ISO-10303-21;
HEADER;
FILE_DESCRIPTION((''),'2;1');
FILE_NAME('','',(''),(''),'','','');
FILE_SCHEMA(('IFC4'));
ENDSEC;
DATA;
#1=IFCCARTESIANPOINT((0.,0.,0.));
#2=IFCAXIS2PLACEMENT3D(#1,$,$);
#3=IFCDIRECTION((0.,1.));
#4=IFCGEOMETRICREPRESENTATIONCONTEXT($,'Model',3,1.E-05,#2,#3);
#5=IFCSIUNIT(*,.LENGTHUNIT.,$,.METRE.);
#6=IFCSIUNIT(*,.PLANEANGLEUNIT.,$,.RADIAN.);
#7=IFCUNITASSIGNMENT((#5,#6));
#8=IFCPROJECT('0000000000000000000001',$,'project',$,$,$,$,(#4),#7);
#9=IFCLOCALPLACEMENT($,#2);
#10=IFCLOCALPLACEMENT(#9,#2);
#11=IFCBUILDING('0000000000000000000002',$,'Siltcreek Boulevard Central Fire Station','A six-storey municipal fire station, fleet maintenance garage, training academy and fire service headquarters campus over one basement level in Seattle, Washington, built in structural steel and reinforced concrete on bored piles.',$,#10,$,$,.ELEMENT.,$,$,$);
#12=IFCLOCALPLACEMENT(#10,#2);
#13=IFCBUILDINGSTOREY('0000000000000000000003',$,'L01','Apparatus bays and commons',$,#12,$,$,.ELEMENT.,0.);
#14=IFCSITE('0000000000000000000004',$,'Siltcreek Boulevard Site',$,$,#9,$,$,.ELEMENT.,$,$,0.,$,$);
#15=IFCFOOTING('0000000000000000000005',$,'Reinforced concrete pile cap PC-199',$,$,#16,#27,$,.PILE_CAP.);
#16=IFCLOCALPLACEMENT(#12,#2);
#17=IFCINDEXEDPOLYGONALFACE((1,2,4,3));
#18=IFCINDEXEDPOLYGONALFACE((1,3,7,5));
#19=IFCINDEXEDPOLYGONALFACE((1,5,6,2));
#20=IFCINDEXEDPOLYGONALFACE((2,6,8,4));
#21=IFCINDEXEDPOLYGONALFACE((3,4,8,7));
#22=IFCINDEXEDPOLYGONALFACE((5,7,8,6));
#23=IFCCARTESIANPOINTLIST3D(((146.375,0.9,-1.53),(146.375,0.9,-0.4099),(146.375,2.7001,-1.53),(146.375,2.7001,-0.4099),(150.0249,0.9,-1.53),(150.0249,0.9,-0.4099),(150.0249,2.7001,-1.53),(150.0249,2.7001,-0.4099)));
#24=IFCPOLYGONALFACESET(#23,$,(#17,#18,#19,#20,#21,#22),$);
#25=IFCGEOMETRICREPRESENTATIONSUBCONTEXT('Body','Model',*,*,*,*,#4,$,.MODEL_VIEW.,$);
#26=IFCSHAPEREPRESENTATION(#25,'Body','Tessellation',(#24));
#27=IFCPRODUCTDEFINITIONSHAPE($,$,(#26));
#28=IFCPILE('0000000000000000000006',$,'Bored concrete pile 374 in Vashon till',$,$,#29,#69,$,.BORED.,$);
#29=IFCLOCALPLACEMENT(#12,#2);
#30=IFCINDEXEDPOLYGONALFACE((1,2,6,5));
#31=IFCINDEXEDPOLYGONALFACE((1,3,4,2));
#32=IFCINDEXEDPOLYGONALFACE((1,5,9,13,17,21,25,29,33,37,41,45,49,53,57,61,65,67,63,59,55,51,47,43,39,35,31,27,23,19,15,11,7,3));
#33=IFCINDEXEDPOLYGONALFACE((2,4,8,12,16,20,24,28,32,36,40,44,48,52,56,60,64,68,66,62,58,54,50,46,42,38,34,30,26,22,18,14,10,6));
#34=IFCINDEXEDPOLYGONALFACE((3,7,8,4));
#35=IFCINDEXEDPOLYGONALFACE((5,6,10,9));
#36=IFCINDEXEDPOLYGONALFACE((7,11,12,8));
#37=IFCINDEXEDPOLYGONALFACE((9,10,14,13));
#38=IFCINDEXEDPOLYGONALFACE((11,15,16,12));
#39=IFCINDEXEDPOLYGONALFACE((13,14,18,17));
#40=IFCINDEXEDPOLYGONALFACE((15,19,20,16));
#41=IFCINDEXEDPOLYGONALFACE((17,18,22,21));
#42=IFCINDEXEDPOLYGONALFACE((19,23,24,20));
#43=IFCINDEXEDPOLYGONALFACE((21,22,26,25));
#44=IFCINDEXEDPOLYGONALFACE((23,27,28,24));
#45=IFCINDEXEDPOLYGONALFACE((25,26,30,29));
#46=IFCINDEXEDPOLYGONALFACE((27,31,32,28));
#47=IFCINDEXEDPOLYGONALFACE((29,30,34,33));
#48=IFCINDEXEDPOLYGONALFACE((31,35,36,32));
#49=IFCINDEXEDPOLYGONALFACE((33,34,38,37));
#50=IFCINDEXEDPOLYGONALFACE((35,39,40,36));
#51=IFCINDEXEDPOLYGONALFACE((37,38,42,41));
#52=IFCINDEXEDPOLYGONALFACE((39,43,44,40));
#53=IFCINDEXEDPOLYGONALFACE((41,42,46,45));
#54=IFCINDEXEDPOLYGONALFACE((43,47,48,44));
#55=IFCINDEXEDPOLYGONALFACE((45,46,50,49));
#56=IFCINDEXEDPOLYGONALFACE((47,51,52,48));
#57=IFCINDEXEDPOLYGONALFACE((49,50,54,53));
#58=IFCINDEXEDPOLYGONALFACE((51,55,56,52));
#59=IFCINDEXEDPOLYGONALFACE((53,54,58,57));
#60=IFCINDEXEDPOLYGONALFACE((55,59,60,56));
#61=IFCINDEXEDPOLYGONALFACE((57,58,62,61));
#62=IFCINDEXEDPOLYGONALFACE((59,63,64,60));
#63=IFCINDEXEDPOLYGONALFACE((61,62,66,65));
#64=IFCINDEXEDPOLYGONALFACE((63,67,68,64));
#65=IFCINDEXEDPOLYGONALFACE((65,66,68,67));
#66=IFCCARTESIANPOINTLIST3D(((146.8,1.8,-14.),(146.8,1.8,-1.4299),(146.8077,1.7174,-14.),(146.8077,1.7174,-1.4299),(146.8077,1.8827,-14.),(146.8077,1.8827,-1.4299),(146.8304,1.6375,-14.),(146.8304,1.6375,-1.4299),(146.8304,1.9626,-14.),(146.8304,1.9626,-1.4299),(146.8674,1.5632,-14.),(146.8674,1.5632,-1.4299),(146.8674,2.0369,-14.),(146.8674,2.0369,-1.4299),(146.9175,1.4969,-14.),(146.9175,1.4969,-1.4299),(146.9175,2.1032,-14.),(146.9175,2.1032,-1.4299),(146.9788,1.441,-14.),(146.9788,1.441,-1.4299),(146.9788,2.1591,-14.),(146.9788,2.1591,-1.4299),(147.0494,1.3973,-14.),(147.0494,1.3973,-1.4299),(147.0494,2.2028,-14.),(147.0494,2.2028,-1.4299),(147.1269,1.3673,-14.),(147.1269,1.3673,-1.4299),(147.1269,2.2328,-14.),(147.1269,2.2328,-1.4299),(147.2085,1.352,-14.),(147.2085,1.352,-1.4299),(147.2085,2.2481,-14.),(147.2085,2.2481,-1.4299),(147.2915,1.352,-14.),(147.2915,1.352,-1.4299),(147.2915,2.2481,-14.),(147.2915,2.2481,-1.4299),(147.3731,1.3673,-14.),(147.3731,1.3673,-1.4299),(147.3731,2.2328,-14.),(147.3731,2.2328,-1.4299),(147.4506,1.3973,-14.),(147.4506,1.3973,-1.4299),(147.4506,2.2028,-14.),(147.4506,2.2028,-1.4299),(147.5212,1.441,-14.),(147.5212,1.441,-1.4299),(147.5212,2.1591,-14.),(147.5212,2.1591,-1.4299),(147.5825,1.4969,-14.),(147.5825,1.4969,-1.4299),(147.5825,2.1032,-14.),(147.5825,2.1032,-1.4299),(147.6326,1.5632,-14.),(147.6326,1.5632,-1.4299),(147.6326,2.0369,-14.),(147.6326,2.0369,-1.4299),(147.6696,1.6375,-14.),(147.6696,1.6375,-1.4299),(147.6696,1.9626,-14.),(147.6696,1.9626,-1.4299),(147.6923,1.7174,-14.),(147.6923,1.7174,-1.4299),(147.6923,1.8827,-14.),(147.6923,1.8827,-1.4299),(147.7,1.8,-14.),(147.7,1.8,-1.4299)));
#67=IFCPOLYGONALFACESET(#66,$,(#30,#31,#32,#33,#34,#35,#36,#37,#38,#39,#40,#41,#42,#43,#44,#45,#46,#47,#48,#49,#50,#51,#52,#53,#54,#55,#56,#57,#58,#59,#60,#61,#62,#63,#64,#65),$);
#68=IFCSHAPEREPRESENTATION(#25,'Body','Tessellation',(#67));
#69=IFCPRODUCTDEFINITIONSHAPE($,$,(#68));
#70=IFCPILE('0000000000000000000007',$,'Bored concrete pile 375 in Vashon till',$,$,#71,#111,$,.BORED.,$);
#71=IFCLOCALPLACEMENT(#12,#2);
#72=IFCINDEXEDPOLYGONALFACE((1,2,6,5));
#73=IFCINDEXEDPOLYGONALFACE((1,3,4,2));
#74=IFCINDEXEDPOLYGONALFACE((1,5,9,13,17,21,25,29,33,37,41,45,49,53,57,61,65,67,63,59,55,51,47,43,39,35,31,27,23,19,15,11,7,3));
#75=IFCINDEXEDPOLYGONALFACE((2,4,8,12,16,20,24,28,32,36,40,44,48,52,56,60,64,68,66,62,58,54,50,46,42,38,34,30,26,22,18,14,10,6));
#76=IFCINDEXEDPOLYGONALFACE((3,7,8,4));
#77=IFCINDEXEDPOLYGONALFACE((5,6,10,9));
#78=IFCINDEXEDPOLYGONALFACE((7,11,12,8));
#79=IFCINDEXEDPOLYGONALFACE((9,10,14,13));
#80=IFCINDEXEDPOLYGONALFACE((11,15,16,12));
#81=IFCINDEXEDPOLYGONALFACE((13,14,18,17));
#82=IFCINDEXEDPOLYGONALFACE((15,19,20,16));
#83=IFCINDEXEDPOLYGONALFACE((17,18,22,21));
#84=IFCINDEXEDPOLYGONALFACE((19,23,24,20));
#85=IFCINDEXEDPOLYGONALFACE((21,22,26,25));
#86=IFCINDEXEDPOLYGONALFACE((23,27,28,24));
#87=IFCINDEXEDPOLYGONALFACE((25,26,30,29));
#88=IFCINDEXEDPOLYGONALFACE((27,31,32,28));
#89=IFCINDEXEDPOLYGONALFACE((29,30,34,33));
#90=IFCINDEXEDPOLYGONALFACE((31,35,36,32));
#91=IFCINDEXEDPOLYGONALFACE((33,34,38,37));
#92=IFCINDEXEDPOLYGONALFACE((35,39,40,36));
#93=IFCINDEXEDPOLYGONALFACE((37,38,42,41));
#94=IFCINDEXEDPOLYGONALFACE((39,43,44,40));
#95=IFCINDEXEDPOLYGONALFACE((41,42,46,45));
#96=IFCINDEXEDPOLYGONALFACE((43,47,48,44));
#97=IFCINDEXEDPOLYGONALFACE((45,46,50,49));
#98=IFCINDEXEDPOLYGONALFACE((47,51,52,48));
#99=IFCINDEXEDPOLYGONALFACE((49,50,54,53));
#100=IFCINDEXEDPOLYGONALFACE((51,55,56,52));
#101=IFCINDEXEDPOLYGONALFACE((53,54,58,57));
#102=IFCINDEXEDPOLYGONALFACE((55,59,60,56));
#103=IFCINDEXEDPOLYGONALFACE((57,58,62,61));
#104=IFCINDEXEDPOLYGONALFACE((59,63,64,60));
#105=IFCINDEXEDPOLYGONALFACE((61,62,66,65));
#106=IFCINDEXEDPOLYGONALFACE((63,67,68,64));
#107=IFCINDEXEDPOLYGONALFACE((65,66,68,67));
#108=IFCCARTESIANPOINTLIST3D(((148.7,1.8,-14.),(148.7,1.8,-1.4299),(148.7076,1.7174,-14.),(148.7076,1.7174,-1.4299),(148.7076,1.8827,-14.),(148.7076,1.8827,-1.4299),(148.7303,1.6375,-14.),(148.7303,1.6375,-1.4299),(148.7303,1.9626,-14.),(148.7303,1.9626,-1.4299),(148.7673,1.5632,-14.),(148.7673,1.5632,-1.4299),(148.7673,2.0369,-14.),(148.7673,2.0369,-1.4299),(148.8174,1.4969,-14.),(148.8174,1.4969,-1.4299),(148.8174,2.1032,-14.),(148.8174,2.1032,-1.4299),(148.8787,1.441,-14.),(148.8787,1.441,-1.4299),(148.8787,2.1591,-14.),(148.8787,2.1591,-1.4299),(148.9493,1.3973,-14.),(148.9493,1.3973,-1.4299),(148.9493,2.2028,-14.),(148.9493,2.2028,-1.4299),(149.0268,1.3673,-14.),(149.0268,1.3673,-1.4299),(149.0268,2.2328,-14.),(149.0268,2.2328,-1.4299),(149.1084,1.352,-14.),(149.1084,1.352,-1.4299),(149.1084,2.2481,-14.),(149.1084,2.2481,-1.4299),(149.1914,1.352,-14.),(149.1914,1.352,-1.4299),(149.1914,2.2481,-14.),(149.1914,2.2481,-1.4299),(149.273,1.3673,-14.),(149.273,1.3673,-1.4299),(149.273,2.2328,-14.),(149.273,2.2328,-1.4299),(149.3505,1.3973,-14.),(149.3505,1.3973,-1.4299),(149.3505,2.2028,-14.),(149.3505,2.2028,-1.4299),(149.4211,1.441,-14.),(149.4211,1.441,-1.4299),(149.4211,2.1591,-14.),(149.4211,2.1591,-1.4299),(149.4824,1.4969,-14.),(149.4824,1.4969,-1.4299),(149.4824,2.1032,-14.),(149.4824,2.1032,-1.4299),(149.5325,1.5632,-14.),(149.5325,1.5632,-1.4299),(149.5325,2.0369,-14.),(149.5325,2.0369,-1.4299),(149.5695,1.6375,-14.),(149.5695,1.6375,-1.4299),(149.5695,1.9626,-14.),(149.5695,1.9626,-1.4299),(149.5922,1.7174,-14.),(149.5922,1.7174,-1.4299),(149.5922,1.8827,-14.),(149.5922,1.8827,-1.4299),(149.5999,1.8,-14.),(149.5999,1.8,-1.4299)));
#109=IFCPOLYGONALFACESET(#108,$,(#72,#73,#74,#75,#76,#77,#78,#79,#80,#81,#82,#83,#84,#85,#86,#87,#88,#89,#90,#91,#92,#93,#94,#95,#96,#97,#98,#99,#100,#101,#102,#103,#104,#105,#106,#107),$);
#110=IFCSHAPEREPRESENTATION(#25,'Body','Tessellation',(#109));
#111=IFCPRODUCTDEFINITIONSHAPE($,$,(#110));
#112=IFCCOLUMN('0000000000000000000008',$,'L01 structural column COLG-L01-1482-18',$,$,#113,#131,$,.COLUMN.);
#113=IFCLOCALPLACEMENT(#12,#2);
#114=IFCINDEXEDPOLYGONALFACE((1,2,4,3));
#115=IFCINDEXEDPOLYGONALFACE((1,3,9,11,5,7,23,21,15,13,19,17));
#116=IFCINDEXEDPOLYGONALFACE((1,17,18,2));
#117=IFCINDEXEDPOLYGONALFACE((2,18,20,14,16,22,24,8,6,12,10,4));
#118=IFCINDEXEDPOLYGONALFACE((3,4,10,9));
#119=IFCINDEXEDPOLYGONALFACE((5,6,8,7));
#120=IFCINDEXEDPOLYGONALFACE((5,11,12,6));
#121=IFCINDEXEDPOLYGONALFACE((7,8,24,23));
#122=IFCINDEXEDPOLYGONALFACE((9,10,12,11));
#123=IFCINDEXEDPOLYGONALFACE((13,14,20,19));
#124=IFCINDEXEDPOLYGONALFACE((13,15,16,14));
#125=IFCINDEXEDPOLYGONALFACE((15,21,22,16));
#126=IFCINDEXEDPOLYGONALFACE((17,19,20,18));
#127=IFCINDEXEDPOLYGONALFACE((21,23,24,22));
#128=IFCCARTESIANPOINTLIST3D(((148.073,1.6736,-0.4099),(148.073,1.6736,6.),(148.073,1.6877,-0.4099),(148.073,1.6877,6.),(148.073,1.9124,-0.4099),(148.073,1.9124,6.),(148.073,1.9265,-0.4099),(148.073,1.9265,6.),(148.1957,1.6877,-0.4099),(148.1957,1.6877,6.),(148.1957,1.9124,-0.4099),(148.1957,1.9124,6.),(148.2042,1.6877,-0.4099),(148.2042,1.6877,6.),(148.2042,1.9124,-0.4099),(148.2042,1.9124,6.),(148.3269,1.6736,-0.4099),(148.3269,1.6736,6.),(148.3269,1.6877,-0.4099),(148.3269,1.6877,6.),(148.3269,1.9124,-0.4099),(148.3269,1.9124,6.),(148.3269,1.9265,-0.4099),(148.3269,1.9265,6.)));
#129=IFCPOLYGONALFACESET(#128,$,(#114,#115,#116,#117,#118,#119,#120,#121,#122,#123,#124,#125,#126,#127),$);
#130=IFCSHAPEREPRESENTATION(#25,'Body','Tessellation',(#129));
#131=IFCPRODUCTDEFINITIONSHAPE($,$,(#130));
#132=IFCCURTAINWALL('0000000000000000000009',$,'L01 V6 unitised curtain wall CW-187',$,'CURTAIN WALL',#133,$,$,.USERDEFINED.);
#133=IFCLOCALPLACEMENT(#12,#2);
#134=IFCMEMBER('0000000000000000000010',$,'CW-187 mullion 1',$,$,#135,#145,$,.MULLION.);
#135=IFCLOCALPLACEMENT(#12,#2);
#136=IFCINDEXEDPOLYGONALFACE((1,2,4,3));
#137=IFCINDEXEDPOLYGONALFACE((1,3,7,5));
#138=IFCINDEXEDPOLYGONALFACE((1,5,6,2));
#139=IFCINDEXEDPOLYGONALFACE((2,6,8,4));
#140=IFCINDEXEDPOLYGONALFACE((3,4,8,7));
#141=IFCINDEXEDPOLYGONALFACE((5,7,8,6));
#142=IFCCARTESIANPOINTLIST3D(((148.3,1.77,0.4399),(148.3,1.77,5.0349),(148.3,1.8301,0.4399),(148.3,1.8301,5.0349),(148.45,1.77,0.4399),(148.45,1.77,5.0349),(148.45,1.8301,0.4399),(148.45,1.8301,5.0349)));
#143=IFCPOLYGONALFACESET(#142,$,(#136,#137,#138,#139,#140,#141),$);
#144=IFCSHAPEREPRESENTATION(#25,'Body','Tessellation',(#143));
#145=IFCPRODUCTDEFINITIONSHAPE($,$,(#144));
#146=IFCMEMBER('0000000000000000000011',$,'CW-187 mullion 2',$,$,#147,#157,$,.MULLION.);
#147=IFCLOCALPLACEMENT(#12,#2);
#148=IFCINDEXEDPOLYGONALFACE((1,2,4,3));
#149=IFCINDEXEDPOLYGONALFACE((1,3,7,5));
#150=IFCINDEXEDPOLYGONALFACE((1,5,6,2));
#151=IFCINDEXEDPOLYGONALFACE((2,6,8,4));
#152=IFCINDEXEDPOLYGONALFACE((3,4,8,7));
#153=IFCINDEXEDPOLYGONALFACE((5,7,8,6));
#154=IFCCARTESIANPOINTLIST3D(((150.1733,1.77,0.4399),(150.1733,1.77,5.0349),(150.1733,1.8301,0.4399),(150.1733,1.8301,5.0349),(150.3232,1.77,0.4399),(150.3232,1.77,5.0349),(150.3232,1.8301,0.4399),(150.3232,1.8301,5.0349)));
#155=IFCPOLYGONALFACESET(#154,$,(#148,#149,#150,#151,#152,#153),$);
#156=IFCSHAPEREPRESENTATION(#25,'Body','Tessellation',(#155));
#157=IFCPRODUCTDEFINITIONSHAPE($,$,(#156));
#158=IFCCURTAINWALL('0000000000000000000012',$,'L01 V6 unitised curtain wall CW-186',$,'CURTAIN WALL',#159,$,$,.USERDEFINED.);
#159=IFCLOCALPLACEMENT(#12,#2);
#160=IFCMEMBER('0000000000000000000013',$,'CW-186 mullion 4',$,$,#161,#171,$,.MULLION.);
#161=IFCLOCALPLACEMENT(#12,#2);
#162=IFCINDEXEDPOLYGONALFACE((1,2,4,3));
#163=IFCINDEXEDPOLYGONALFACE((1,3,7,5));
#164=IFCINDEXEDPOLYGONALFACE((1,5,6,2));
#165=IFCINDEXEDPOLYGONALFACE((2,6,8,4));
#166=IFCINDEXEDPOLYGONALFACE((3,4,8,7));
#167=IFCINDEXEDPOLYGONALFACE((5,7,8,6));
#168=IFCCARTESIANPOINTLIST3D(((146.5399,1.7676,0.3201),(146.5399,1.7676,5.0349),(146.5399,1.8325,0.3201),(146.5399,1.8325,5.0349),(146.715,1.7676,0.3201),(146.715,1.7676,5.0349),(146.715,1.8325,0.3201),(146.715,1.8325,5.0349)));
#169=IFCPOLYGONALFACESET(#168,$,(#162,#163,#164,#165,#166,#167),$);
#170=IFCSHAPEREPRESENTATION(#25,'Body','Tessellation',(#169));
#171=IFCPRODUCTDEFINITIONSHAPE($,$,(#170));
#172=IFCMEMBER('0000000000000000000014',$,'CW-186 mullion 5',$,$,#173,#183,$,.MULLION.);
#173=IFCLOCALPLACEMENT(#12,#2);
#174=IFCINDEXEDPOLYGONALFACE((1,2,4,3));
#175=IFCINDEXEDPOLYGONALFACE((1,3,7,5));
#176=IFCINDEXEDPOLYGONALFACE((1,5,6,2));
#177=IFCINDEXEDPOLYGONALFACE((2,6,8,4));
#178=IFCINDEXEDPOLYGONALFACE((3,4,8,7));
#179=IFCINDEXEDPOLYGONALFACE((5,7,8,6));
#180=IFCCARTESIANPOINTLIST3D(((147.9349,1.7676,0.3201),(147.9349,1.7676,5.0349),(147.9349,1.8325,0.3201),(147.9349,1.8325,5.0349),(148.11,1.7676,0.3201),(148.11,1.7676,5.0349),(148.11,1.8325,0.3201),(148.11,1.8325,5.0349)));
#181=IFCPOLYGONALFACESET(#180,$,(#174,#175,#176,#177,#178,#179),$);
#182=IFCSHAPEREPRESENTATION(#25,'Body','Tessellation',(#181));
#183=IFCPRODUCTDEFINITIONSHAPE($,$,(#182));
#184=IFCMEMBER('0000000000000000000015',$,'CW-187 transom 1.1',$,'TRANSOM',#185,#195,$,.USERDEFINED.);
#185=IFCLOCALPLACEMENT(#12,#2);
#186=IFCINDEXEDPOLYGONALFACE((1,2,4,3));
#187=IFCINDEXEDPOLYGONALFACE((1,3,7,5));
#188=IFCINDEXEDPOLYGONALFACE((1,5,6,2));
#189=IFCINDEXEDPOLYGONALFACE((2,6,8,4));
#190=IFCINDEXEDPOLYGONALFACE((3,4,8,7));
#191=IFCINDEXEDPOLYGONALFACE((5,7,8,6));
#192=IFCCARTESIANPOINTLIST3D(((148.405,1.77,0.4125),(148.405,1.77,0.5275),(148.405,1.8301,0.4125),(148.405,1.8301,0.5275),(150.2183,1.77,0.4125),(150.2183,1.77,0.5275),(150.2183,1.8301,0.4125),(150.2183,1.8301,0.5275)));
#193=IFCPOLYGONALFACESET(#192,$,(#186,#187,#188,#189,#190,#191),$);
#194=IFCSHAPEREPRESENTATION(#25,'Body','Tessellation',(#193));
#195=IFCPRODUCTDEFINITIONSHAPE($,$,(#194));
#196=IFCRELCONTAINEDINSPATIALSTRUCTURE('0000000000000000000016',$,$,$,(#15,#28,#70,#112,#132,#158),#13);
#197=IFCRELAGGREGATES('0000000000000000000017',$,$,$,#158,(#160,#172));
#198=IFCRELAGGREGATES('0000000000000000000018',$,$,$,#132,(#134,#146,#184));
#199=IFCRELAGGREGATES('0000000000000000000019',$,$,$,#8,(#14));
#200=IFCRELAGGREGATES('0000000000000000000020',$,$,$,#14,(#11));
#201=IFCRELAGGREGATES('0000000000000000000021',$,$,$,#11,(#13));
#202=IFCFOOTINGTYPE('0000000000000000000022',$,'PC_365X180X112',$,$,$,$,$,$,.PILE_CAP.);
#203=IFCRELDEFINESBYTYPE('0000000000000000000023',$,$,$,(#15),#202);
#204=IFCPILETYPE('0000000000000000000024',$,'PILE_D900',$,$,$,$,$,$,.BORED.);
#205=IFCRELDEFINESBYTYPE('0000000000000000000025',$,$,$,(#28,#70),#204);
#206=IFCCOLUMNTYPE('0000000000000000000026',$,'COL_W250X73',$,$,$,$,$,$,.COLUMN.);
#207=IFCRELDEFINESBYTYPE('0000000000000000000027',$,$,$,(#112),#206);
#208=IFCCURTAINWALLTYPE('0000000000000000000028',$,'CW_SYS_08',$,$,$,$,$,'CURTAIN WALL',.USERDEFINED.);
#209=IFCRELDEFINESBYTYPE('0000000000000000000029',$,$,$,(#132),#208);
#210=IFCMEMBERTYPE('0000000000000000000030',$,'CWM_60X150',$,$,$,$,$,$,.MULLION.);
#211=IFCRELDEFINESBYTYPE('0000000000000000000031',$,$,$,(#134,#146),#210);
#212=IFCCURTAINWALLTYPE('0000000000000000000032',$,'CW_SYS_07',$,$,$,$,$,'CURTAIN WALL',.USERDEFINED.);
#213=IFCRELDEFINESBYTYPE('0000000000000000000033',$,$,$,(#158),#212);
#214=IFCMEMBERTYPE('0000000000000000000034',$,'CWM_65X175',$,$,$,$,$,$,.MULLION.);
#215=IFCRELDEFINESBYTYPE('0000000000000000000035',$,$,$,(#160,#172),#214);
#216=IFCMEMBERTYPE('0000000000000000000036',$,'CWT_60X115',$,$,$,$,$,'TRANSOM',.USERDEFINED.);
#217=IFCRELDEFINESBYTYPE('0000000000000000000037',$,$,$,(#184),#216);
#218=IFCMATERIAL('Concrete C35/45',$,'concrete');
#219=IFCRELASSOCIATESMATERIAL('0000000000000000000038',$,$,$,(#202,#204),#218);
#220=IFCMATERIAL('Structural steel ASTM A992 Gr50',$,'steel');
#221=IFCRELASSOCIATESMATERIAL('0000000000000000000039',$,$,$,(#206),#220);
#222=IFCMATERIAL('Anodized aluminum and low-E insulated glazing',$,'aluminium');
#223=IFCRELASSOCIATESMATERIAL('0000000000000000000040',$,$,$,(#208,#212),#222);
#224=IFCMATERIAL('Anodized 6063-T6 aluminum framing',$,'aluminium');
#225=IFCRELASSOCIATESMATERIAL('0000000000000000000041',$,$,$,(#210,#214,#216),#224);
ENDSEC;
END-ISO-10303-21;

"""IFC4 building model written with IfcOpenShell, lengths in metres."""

from ifc_helpers import new_model, si_unit, direction, frame, origin, origin_2d, place, context, subcontext, project, spatial, rectangle, circle, i_section, extrude, material, material_profile, profile_set, type_object, element, aggregate, save


model = new_model("IFC4")

# Units and contexts
model_context = context("Model", 3, precision=1e-05, world=origin(), true_north=direction((0.0, 1.0)))
body_context = subcontext(model_context, "Body", "Model", "MODEL_VIEW")
ifc_project = project(units=[si_unit("LENGTHUNIT", "METRE"), si_unit("PLANEANGLEUNIT", "RADIAN")], contexts=[model_context])

# Site, building, storey
site_placement = place(None, origin())
site = spatial("IfcSite", under=ifc_project, at=site_placement, Name="Siltcreek Boulevard Site", CompositionType="ELEMENT", RefElevation=0.0)
building_placement = place(site_placement, origin())
building = spatial("IfcBuilding", under=site, at=building_placement, Name="Siltcreek Boulevard Central Fire Station", Description="A six-storey municipal fire station, fleet maintenance garage, training academy and fire service headquarters campus over one basement level in Seattle, Washington, built in structural steel and reinforced concrete on bored piles.", CompositionType="ELEMENT")
storey_placement = place(building_placement, origin())
storey = spatial("IfcBuildingStorey", under=building, at=storey_placement, Name="L01", Description="Apparatus bays and commons", CompositionType="ELEMENT", Elevation=0.0)

# Footing
ifc_material_1 = material(Name="Concrete C35/45", Category="concrete")
footing_type = type_object("IfcFootingType", Name="PC_365X180X112", PredefinedType="PILE_CAP", material=ifc_material_1)
footing_placement = place(storey_placement, frame((148.2, 1.8, -1.53), z_axis=(0.0, 0.0, 1.0), x_axis=(1.0, 0.0, 0.0)))
element("IfcFooting", 1, at=footing_placement, inside=storey, type_object=footing_type, Name="Reinforced concrete pile cap PC-199", PredefinedType="PILE_CAP", context=body_context, shape_type="SweptSolid", body=[
    extrude(rectangle(XDim=3.6499, YDim=1.8, at=origin_2d()), origin(), (0.0, 0.0, 1.0), 1.1201),
])

# Piles
ifc_material_profile_1 = material_profile(ifc_material_1, circle(Radius=0.45, at=origin_2d()), Name="SHAFT900")
ifc_profile_set_1 = profile_set([ifc_material_profile_1], Name="Concrete C35/45")
pile_type = type_object("IfcPileType", Name="PILE_D900", PredefinedType="BORED", material=ifc_profile_set_1)
for number, where, z_axis, x_axis, name in (
    (2, (147.25, 1.8, -1.4299), (0.0, 0.0, -1.0), (1.0, 0.0, 0.0), "Bored concrete pile 374 in Vashon till"),
    (3, (149.1499, 1.8, -1.4299), (0.0, 0.0, -1.0), (1.0, 0.0, 0.0), "Bored concrete pile 375 in Vashon till"),
):
    element("IfcPile", number, at=place(storey_placement, frame(where, z_axis=z_axis, x_axis=x_axis)), inside=storey, type_object=pile_type, Name=name, PredefinedType="BORED", context=body_context, shape_type="SweptSolid", body=[
        extrude(circle(Radius=0.45, at=origin_2d()), origin(), (0.0, 0.0, 1.0), 12.5701),
    ])

# Column
ifc_material_2 = material(Name="Structural steel ASTM A992 Gr50", Category="steel")
ifc_material_profile_2 = material_profile(ifc_material_2, i_section(OverallWidth=0.2539, OverallDepth=0.2529, WebThickness=0.0085, FlangeThickness=0.0142, at=origin_2d()), Name="W250X73")
ifc_profile_set_2 = profile_set([ifc_material_profile_2], Name="Structural steel ASTM A992 Gr50")
column_type = type_object("IfcColumnType", Name="COL_W250X73", PredefinedType="COLUMN", material=ifc_profile_set_2)
column_placement = place(storey_placement, frame((148.2, 1.8, -0.4099), z_axis=(0.0, 0.0, 1.0), x_axis=(1.0, 0.0, 0.0)))
element("IfcColumn", 4, at=column_placement, inside=storey, type_object=column_type, Name="L01 structural column COLG-L01-1482-18", PredefinedType="COLUMN", context=body_context, shape_type="SweptSolid", body=[
    extrude(i_section(OverallWidth=0.2539, OverallDepth=0.2529, WebThickness=0.0085, FlangeThickness=0.0142, at=origin_2d()), origin(), (0.0, 0.0, 1.0), 6.4099),
])

# Curtain walls, members
ifc_material_3 = material(Name="Anodized aluminum and low-E insulated glazing", Category="aluminium")
curtain_wall_type_1 = type_object("IfcCurtainWallType", Name="CW_SYS_08", ElementType="CURTAIN WALL", PredefinedType="USERDEFINED", material=ifc_material_3)
curtain_wall_1_placement = place(storey_placement, origin())
curtain_wall_1 = element("IfcCurtainWall", 5, at=curtain_wall_1_placement, inside=storey, type_object=curtain_wall_type_1, Name="L01 V6 unitised curtain wall CW-187", ObjectType="CURTAIN WALL", PredefinedType="USERDEFINED")
ifc_material_4 = material(Name="Anodized 6063-T6 aluminum framing", Category="aluminium")
ifc_material_profile_3 = material_profile(ifc_material_4, rectangle(XDim=0.0601, YDim=0.1499, at=origin_2d()), Name="MULL60X150")
ifc_profile_set_3 = profile_set([ifc_material_profile_3], Name="Anodized 6063-T6 aluminum framing")
member_type_1 = type_object("IfcMemberType", Name="CWM_60X150", PredefinedType="MULLION", material=ifc_profile_set_3)
member_1_placement = place(storey_placement, frame((148.375, 1.8, 0.4399), z_axis=(0.0, 0.0, 1.0), x_axis=(0.0, 1.0, 0.0)))
member_1 = element("IfcMember", 6, at=member_1_placement, type_object=member_type_1, Name="CW-187 mullion 1", PredefinedType="MULLION", context=body_context, shape_type="SweptSolid", body=[
    extrude(rectangle(XDim=0.0601, YDim=0.1499, at=origin_2d()), origin(), (0.0, 0.0, 1.0), 4.595),
])
member_2_placement = place(storey_placement, frame((150.2483, 1.8, 0.4399), z_axis=(0.0, 0.0, 1.0), x_axis=(0.0, 1.0, 0.0)))
member_2 = element("IfcMember", 7, at=member_2_placement, type_object=member_type_1, Name="CW-187 mullion 2", PredefinedType="MULLION", context=body_context, shape_type="SweptSolid", body=[
    extrude(rectangle(XDim=0.0601, YDim=0.1499, at=origin_2d()), origin(), (0.0, 0.0, 1.0), 4.595),
])
curtain_wall_type_2 = type_object("IfcCurtainWallType", Name="CW_SYS_07", ElementType="CURTAIN WALL", PredefinedType="USERDEFINED", material=ifc_material_3)
curtain_wall_2_placement = place(storey_placement, origin())
curtain_wall_2 = element("IfcCurtainWall", 8, at=curtain_wall_2_placement, inside=storey, type_object=curtain_wall_type_2, Name="L01 V6 unitised curtain wall CW-186", ObjectType="CURTAIN WALL", PredefinedType="USERDEFINED")
ifc_material_profile_4 = material_profile(ifc_material_4, rectangle(XDim=0.0649, YDim=0.175, at=origin_2d()), Name="MULL65X175")
ifc_profile_set_4 = profile_set([ifc_material_profile_4], Name="Anodized 6063-T6 aluminum framing")
member_type_2 = type_object("IfcMemberType", Name="CWM_65X175", PredefinedType="MULLION", material=ifc_profile_set_4)
member_3_placement = place(storey_placement, frame((146.6274, 1.8, 0.3201), z_axis=(0.0, 0.0, 1.0), x_axis=(0.0, 1.0, 0.0)))
member_3 = element("IfcMember", 9, at=member_3_placement, type_object=member_type_2, Name="CW-186 mullion 4", PredefinedType="MULLION", context=body_context, shape_type="SweptSolid", body=[
    extrude(rectangle(XDim=0.0649, YDim=0.175, at=origin_2d()), origin(), (0.0, 0.0, 1.0), 4.7148),
])
member_4_placement = place(storey_placement, frame((148.0225, 1.8, 0.3201), z_axis=(0.0, 0.0, 1.0), x_axis=(0.0, 1.0, 0.0)))
member_4 = element("IfcMember", 10, at=member_4_placement, type_object=member_type_2, Name="CW-186 mullion 5", PredefinedType="MULLION", context=body_context, shape_type="SweptSolid", body=[
    extrude(rectangle(XDim=0.0649, YDim=0.175, at=origin_2d()), origin(), (0.0, 0.0, 1.0), 4.7148),
])

# Member
ifc_material_profile_5 = material_profile(ifc_material_4, rectangle(XDim=0.0601, YDim=0.115, at=origin_2d()), Name="TRAN60X115")
ifc_profile_set_5 = profile_set([ifc_material_profile_5], Name="Anodized 6063-T6 aluminum framing")
member_type_3 = type_object("IfcMemberType", Name="CWT_60X115", ElementType="TRANSOM", PredefinedType="USERDEFINED", material=ifc_profile_set_5)
member_5_placement = place(storey_placement, frame((148.405, 1.8, 0.47), z_axis=(1.0, 0.0, 0.0), x_axis=(0.0, 1.0, 0.0)))
member_5 = element("IfcMember", 11, at=member_5_placement, type_object=member_type_3, Name="CW-187 transom 1.1", ObjectType="TRANSOM", PredefinedType="USERDEFINED", context=body_context, shape_type="SweptSolid", body=[
    extrude(rectangle(XDim=0.0601, YDim=0.115, at=origin_2d()), origin(), (0.0, 0.0, 1.0), 1.8132),
])

aggregate(curtain_wall_2, [member_3, member_4])
aggregate(curtain_wall_1, [member_1, member_2, member_5])

save(model, "model.ifc")
